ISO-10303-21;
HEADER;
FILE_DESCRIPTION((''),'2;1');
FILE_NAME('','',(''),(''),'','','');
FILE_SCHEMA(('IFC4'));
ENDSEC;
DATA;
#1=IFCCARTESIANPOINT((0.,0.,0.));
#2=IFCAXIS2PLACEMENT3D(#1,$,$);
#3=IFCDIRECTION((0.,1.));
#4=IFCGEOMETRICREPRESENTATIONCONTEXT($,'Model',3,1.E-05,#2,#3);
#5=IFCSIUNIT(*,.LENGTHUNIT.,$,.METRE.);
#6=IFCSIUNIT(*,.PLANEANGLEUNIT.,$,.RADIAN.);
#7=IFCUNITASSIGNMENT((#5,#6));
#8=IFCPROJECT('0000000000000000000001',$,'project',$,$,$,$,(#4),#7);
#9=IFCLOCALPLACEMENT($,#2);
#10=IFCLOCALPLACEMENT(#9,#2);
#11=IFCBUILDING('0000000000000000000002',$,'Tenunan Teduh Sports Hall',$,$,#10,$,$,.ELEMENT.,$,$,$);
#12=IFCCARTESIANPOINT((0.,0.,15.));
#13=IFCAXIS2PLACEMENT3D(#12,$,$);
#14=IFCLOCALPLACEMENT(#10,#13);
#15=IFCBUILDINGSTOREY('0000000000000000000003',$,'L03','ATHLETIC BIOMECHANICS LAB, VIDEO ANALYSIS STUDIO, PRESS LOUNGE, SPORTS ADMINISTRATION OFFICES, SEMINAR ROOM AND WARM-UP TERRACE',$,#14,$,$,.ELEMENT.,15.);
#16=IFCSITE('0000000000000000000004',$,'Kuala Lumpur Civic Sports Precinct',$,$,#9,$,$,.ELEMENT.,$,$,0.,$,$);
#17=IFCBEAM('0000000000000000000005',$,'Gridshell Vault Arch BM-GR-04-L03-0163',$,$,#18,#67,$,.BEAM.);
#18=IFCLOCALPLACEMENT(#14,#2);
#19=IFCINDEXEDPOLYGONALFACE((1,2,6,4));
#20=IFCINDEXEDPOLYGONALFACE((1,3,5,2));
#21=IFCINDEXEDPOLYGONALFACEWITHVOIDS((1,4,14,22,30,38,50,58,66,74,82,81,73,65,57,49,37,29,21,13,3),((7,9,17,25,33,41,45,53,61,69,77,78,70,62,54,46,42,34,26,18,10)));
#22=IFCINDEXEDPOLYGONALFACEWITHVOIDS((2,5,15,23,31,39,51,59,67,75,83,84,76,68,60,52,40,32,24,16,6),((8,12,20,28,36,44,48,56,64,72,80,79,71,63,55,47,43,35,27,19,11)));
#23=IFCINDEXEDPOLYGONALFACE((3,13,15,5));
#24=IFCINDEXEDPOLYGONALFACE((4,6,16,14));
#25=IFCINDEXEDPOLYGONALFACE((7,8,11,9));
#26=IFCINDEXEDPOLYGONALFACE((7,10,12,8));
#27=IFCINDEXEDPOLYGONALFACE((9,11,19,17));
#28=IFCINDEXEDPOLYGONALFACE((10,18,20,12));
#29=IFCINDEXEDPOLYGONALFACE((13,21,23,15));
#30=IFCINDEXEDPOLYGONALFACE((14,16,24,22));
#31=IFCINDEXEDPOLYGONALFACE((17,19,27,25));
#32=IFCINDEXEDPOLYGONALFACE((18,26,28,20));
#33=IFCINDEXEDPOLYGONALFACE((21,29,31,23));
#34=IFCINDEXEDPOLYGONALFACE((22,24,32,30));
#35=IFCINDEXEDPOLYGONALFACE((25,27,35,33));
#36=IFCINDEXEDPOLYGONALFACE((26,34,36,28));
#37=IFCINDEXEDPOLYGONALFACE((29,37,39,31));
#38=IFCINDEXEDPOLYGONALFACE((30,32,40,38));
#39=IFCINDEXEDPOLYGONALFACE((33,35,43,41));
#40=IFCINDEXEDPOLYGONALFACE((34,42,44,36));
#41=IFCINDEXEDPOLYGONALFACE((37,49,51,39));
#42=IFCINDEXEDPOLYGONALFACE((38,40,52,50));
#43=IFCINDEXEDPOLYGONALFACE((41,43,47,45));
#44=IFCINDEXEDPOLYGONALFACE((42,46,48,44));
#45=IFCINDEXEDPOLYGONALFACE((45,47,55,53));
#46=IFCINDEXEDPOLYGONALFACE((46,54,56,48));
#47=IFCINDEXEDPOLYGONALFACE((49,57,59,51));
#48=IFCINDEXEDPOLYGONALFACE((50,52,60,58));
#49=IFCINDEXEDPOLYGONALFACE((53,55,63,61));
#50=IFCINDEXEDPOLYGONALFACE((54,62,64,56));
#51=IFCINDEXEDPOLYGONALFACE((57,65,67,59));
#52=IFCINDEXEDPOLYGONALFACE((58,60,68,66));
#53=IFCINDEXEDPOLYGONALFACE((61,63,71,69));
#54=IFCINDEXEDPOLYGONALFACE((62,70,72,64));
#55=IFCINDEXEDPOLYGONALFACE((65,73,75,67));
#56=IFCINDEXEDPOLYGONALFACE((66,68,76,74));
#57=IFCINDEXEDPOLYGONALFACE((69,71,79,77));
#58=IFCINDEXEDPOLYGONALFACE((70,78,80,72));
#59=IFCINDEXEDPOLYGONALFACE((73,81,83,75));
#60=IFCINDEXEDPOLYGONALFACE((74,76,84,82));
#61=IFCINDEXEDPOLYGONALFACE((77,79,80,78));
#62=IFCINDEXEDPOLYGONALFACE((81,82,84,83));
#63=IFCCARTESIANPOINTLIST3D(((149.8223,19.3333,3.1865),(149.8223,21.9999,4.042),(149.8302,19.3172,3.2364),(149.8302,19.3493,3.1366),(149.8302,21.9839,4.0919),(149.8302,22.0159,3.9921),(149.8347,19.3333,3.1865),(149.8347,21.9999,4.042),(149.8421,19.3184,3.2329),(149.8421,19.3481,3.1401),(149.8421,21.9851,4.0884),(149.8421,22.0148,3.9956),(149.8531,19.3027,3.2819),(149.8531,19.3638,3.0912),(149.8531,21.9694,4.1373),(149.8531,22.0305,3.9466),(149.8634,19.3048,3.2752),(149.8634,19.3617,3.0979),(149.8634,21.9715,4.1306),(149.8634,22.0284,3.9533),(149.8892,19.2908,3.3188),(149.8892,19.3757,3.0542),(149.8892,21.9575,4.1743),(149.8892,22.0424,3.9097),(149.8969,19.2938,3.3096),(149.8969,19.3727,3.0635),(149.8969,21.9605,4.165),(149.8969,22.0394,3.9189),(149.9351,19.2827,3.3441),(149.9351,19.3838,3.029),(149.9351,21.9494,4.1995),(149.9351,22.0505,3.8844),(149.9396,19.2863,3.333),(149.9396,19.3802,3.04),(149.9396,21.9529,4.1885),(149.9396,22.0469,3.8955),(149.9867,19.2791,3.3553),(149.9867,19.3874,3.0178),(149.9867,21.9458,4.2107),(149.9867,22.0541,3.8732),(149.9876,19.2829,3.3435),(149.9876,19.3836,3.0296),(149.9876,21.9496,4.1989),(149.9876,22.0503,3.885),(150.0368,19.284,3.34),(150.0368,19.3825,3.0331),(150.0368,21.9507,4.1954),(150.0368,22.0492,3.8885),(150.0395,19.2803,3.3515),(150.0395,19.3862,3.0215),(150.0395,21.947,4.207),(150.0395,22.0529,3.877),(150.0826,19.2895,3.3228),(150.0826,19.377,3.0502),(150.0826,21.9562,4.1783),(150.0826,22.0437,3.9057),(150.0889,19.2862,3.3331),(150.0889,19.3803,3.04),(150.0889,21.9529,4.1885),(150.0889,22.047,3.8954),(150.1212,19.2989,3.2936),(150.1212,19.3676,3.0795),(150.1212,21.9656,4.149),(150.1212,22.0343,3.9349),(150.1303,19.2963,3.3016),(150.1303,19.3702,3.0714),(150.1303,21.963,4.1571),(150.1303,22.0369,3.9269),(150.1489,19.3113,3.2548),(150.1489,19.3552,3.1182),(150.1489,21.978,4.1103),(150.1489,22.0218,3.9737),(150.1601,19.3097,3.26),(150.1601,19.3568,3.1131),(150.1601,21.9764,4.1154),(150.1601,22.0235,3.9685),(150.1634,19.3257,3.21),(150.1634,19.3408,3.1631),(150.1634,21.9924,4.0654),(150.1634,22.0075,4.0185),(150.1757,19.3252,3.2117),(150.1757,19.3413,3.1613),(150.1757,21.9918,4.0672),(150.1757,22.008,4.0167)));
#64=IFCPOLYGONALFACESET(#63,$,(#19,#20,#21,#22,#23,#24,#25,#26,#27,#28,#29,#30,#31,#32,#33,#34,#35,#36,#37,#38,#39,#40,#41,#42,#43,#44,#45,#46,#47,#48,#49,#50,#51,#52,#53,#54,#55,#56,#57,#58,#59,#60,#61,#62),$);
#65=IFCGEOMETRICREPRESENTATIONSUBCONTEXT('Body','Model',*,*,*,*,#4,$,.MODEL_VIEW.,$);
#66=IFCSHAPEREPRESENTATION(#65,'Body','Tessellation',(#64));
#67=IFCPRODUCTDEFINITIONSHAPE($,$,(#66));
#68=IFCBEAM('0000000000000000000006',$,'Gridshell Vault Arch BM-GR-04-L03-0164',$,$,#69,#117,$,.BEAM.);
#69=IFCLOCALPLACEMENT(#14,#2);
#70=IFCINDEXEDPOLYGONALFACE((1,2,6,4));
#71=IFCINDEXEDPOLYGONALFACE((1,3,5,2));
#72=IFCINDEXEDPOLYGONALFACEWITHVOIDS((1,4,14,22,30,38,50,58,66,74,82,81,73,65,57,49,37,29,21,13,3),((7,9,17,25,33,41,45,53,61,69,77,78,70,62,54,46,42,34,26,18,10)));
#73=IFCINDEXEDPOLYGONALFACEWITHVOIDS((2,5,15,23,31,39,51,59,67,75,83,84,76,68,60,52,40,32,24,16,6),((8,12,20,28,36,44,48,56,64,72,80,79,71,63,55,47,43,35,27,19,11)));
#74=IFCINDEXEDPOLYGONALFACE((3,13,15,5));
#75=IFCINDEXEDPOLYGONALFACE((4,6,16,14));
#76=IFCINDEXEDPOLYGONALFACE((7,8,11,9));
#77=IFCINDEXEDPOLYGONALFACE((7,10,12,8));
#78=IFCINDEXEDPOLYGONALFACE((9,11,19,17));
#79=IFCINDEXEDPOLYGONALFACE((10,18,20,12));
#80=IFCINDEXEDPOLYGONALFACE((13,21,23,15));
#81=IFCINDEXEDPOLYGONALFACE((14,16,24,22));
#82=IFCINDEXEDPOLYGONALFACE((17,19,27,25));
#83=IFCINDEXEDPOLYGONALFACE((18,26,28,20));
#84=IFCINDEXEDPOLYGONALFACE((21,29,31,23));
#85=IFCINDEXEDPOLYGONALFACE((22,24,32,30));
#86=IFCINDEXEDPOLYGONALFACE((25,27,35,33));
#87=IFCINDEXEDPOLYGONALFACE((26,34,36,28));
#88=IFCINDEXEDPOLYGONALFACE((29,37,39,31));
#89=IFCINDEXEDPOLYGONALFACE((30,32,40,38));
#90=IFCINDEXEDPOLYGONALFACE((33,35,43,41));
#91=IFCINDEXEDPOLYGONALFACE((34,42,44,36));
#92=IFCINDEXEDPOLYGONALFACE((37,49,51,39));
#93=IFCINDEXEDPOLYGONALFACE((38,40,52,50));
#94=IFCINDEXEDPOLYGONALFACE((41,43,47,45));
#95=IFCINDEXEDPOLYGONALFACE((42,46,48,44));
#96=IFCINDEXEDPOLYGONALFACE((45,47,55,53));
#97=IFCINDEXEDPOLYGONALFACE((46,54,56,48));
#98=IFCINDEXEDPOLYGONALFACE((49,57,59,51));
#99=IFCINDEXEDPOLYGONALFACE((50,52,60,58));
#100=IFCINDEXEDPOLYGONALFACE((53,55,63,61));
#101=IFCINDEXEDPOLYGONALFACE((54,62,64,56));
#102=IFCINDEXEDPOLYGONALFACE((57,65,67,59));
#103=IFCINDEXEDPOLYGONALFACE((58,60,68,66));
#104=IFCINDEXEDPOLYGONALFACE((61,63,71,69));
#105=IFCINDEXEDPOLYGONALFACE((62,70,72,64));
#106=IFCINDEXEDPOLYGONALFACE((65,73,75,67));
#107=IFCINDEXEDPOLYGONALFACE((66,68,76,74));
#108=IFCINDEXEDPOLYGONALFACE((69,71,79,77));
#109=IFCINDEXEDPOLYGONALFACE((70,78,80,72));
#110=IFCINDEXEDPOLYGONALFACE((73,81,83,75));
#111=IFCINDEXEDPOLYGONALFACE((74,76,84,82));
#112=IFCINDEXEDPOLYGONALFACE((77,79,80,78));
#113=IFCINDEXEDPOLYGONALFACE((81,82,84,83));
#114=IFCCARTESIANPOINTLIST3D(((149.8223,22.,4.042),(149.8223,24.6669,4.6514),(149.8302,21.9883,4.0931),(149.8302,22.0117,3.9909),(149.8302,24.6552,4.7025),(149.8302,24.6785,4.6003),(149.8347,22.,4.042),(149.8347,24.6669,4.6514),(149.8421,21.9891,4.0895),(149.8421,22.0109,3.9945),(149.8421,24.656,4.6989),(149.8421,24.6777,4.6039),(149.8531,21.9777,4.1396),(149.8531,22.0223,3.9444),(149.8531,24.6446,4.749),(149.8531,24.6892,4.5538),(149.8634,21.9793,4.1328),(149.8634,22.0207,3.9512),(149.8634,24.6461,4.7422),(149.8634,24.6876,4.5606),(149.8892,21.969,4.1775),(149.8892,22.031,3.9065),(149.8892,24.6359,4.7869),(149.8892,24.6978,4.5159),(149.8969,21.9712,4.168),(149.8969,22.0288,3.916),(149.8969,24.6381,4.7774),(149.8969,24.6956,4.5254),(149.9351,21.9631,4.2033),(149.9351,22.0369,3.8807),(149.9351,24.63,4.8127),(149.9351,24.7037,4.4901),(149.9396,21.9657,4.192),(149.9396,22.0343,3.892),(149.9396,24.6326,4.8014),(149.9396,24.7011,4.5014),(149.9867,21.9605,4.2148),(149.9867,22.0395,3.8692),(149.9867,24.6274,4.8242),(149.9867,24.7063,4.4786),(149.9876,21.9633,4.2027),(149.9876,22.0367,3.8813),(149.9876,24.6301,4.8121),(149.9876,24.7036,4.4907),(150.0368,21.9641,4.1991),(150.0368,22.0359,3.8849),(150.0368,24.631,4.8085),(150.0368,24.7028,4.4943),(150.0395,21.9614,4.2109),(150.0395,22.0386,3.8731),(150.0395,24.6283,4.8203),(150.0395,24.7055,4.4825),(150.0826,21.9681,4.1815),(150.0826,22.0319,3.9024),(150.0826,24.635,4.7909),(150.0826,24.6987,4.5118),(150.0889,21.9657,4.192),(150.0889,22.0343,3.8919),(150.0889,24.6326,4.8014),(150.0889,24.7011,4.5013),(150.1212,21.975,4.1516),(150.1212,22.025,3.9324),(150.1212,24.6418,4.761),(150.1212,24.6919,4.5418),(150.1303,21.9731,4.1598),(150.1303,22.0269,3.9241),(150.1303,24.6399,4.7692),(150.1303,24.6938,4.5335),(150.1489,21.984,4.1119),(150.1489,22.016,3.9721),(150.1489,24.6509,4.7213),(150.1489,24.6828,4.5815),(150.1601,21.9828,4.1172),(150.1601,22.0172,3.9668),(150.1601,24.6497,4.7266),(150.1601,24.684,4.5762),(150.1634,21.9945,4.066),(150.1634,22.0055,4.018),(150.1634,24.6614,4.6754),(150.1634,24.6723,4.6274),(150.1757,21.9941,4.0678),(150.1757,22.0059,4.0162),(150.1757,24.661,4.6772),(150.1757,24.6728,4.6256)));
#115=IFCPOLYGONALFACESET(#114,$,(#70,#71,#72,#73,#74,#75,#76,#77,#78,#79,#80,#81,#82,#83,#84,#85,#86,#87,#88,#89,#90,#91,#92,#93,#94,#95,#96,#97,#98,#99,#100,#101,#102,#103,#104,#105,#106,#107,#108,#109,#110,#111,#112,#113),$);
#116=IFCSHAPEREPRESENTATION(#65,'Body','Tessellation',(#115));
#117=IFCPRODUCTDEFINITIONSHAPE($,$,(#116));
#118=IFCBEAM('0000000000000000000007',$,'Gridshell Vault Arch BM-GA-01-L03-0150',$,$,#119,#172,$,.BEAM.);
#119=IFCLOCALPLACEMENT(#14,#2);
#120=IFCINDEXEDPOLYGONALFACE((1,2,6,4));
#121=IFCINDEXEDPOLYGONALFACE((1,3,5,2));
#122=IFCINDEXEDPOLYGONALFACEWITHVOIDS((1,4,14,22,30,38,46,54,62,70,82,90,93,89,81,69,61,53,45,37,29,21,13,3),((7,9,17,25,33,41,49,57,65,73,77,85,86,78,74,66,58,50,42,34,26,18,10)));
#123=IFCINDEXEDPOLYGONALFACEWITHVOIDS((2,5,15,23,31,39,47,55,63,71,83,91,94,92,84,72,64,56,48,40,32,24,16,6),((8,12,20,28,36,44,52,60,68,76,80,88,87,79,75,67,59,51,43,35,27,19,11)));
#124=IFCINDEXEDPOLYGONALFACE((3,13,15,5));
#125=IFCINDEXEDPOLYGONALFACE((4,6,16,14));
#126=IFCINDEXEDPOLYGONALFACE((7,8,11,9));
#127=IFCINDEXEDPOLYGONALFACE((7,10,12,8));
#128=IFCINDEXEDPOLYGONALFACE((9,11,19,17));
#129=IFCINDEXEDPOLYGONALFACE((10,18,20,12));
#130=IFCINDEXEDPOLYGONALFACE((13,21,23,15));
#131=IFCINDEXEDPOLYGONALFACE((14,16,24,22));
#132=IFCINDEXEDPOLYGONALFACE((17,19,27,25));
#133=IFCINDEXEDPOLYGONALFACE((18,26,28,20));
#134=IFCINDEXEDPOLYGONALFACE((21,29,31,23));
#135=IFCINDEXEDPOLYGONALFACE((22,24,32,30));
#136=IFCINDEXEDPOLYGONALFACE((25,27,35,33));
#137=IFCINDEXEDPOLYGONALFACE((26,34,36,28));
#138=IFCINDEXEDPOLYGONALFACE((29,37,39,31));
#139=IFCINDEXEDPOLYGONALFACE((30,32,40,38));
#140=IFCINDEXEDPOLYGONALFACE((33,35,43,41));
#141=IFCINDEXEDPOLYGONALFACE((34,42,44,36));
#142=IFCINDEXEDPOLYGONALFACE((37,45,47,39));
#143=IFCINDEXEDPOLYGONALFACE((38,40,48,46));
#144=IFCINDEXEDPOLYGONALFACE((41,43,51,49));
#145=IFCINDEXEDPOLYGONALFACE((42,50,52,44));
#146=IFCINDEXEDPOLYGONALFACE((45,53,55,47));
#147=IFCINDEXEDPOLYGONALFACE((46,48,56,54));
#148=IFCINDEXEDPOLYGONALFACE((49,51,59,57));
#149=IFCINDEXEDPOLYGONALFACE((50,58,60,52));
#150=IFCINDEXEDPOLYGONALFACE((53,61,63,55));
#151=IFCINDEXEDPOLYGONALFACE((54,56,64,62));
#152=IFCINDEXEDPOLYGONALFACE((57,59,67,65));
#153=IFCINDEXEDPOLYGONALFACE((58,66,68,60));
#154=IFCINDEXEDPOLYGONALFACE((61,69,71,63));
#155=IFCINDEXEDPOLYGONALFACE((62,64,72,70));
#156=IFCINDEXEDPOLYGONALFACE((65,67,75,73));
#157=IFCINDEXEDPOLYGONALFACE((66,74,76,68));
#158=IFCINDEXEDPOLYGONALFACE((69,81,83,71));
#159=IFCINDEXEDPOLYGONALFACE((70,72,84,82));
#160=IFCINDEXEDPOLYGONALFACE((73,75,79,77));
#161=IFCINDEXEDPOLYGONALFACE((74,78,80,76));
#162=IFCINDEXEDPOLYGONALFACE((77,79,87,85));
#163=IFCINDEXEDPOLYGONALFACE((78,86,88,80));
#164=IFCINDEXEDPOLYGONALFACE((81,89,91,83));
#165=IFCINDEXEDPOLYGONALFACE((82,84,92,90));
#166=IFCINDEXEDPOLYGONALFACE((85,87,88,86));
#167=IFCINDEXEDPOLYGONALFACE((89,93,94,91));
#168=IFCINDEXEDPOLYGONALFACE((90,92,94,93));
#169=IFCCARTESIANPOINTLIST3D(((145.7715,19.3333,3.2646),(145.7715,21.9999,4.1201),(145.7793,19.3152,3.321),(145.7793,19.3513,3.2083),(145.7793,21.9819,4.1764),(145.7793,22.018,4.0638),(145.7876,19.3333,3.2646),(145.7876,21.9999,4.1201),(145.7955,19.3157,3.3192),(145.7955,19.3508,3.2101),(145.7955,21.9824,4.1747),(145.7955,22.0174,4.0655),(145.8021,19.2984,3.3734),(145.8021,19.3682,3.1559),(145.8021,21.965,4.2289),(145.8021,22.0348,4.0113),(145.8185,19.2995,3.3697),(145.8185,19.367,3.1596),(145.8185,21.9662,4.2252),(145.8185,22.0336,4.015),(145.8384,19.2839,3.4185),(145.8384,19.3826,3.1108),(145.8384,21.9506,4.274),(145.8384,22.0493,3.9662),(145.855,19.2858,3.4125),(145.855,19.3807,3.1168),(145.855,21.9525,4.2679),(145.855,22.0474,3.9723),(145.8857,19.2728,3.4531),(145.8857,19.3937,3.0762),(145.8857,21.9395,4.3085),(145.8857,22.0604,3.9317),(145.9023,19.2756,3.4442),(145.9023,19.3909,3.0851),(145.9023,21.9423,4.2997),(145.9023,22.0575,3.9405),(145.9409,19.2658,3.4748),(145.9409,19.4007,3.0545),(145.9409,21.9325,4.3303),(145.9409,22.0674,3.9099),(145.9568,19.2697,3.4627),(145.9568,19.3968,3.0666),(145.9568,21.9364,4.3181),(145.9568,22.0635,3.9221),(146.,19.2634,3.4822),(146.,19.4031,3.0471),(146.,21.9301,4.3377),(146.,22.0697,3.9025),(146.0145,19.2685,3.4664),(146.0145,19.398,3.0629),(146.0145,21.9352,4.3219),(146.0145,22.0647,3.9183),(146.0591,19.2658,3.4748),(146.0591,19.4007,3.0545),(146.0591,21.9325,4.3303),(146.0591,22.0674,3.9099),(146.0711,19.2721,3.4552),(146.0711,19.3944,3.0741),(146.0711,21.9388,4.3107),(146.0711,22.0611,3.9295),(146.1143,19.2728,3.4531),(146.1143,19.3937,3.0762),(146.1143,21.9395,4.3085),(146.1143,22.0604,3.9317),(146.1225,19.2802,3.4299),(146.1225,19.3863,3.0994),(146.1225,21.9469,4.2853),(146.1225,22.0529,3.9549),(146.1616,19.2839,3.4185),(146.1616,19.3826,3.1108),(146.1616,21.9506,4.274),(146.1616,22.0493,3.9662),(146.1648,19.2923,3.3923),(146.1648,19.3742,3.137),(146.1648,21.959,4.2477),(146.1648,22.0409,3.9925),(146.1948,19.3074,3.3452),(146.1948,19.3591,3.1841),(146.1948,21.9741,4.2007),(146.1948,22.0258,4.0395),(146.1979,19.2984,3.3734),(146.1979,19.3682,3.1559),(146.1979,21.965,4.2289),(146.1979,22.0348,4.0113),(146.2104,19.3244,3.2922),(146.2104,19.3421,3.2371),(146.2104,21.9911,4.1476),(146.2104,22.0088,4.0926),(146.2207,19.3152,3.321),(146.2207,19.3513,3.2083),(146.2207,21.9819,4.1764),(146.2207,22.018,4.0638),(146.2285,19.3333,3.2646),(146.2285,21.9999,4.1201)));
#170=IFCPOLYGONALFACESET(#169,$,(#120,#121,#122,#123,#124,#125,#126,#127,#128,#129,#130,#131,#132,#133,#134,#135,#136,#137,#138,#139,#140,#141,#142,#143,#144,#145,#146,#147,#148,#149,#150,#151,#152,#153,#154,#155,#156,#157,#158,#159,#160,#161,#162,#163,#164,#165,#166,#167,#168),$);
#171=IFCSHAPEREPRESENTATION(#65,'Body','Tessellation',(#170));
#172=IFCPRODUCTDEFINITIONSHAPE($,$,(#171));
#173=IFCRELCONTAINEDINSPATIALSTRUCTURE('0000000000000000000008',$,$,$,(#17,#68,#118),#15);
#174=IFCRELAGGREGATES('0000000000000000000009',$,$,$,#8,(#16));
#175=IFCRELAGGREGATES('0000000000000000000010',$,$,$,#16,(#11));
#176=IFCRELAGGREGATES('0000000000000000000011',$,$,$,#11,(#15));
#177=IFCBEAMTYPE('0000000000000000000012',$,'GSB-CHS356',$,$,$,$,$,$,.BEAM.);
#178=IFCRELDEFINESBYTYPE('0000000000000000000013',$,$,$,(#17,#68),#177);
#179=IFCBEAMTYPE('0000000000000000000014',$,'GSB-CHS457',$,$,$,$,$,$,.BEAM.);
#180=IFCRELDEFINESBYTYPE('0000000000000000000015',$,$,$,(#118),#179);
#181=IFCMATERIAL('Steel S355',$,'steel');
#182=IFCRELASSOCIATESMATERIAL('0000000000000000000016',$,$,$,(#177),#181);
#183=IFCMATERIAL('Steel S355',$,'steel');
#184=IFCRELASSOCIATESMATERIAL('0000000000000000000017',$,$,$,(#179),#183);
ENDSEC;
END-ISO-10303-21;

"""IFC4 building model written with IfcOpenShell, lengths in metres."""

from ifc_helpers import new_model, si_unit, direction, frame, origin, origin_2d, place, context, subcontext, project, spatial, hollow_circle, extrude, material, material_profile, profile_set, type_object, element, save


model = new_model("IFC4")

# Units and contexts
model_context = context("Model", 3, precision=1e-05, world=origin(), true_north=direction((0.0, 1.0)))
body_context = subcontext(model_context, "Body", "Model", "MODEL_VIEW")
ifc_project = project(units=[si_unit("LENGTHUNIT", "METRE"), si_unit("PLANEANGLEUNIT", "RADIAN")], contexts=[model_context])

# Site, building, storey
site_placement = place(None, origin())
site = spatial("IfcSite", under=ifc_project, at=site_placement, Name="Kuala Lumpur Civic Sports Precinct", CompositionType="ELEMENT", RefElevation=0.0)
building_placement = place(site_placement, origin())
building = spatial("IfcBuilding", under=site, at=building_placement, Name="Tenunan Teduh Sports Hall", CompositionType="ELEMENT")
storey_placement = place(building_placement, frame((0.0, 0.0, 15.0)))
storey = spatial("IfcBuildingStorey", under=building, at=storey_placement, Name="L03", Description="ATHLETIC BIOMECHANICS LAB, VIDEO ANALYSIS STUDIO, PRESS LOUNGE, SPORTS ADMINISTRATION OFFICES, SEMINAR ROOM AND WARM-UP TERRACE", CompositionType="ELEMENT", Elevation=15.0)

# Beams
ifc_material_1 = material(Name="Steel S355", Category="steel")
ifc_material_profile_1 = material_profile(ifc_material_1, hollow_circle(Radius=0.1777, WallThickness=0.0125, at=origin_2d()), Name="CHS 355.6x12.5")
ifc_profile_set_1 = profile_set([ifc_material_profile_1], Name="Steel S355")
beam_type_1 = type_object("IfcBeamType", Name="GSB-CHS356", PredefinedType="BEAM", material=ifc_profile_set_1)
beam_1_placement = place(storey_placement, frame((150.0, 19.3333, 3.1865), z_axis=(0.0, 0.952205, 0.305459), x_axis=(-1.0, 0.0, 0.0)))
element("IfcBeam", 1, at=beam_1_placement, inside=storey, type_object=beam_type_1, Name="Gridshell Vault Arch BM-GR-04-L03-0163", PredefinedType="BEAM", context=body_context, shape_type="SweptSolid", body=[
    extrude(hollow_circle(Radius=0.1777, WallThickness=0.0125, at=origin_2d()), origin(), (0.0, 0.0, 1.0), 2.8005),
])
beam_2_placement = place(storey_placement, frame((150.0, 22.0, 4.042), z_axis=(0.0, 0.974872, 0.222767), x_axis=(-1.0, 0.0, 0.0)))
element("IfcBeam", 2, at=beam_2_placement, inside=storey, type_object=beam_type_1, Name="Gridshell Vault Arch BM-GR-04-L03-0164", PredefinedType="BEAM", context=body_context, shape_type="SweptSolid", body=[
    extrude(hollow_circle(Radius=0.1777, WallThickness=0.0125, at=origin_2d()), origin(), (0.0, 0.0, 1.0), 2.7356),
])
ifc_material_2 = material(Name="Steel S355", Category="steel")
ifc_material_profile_2 = material_profile(ifc_material_2, hollow_circle(Radius=0.2285, WallThickness=0.0161, at=origin_2d()), Name="CHS 457.0x16.0")
ifc_profile_set_2 = profile_set([ifc_material_profile_2], Name="Steel S355")
beam_type_2 = type_object("IfcBeamType", Name="GSB-CHS457", PredefinedType="BEAM", material=ifc_profile_set_2)
beam_3_placement = place(storey_placement, frame((146.0, 19.3333, 3.2646), z_axis=(0.0, 0.952205, 0.305459), x_axis=(-1.0, 0.0, 0.0)))
element("IfcBeam", 3, at=beam_3_placement, inside=storey, type_object=beam_type_2, Name="Gridshell Vault Arch BM-GA-01-L03-0150", PredefinedType="BEAM", context=body_context, shape_type="SweptSolid", body=[
    extrude(hollow_circle(Radius=0.2285, WallThickness=0.0161, at=origin_2d()), origin(), (0.0, 0.0, 1.0), 2.8005),
])

save(model, "model.ifc")
